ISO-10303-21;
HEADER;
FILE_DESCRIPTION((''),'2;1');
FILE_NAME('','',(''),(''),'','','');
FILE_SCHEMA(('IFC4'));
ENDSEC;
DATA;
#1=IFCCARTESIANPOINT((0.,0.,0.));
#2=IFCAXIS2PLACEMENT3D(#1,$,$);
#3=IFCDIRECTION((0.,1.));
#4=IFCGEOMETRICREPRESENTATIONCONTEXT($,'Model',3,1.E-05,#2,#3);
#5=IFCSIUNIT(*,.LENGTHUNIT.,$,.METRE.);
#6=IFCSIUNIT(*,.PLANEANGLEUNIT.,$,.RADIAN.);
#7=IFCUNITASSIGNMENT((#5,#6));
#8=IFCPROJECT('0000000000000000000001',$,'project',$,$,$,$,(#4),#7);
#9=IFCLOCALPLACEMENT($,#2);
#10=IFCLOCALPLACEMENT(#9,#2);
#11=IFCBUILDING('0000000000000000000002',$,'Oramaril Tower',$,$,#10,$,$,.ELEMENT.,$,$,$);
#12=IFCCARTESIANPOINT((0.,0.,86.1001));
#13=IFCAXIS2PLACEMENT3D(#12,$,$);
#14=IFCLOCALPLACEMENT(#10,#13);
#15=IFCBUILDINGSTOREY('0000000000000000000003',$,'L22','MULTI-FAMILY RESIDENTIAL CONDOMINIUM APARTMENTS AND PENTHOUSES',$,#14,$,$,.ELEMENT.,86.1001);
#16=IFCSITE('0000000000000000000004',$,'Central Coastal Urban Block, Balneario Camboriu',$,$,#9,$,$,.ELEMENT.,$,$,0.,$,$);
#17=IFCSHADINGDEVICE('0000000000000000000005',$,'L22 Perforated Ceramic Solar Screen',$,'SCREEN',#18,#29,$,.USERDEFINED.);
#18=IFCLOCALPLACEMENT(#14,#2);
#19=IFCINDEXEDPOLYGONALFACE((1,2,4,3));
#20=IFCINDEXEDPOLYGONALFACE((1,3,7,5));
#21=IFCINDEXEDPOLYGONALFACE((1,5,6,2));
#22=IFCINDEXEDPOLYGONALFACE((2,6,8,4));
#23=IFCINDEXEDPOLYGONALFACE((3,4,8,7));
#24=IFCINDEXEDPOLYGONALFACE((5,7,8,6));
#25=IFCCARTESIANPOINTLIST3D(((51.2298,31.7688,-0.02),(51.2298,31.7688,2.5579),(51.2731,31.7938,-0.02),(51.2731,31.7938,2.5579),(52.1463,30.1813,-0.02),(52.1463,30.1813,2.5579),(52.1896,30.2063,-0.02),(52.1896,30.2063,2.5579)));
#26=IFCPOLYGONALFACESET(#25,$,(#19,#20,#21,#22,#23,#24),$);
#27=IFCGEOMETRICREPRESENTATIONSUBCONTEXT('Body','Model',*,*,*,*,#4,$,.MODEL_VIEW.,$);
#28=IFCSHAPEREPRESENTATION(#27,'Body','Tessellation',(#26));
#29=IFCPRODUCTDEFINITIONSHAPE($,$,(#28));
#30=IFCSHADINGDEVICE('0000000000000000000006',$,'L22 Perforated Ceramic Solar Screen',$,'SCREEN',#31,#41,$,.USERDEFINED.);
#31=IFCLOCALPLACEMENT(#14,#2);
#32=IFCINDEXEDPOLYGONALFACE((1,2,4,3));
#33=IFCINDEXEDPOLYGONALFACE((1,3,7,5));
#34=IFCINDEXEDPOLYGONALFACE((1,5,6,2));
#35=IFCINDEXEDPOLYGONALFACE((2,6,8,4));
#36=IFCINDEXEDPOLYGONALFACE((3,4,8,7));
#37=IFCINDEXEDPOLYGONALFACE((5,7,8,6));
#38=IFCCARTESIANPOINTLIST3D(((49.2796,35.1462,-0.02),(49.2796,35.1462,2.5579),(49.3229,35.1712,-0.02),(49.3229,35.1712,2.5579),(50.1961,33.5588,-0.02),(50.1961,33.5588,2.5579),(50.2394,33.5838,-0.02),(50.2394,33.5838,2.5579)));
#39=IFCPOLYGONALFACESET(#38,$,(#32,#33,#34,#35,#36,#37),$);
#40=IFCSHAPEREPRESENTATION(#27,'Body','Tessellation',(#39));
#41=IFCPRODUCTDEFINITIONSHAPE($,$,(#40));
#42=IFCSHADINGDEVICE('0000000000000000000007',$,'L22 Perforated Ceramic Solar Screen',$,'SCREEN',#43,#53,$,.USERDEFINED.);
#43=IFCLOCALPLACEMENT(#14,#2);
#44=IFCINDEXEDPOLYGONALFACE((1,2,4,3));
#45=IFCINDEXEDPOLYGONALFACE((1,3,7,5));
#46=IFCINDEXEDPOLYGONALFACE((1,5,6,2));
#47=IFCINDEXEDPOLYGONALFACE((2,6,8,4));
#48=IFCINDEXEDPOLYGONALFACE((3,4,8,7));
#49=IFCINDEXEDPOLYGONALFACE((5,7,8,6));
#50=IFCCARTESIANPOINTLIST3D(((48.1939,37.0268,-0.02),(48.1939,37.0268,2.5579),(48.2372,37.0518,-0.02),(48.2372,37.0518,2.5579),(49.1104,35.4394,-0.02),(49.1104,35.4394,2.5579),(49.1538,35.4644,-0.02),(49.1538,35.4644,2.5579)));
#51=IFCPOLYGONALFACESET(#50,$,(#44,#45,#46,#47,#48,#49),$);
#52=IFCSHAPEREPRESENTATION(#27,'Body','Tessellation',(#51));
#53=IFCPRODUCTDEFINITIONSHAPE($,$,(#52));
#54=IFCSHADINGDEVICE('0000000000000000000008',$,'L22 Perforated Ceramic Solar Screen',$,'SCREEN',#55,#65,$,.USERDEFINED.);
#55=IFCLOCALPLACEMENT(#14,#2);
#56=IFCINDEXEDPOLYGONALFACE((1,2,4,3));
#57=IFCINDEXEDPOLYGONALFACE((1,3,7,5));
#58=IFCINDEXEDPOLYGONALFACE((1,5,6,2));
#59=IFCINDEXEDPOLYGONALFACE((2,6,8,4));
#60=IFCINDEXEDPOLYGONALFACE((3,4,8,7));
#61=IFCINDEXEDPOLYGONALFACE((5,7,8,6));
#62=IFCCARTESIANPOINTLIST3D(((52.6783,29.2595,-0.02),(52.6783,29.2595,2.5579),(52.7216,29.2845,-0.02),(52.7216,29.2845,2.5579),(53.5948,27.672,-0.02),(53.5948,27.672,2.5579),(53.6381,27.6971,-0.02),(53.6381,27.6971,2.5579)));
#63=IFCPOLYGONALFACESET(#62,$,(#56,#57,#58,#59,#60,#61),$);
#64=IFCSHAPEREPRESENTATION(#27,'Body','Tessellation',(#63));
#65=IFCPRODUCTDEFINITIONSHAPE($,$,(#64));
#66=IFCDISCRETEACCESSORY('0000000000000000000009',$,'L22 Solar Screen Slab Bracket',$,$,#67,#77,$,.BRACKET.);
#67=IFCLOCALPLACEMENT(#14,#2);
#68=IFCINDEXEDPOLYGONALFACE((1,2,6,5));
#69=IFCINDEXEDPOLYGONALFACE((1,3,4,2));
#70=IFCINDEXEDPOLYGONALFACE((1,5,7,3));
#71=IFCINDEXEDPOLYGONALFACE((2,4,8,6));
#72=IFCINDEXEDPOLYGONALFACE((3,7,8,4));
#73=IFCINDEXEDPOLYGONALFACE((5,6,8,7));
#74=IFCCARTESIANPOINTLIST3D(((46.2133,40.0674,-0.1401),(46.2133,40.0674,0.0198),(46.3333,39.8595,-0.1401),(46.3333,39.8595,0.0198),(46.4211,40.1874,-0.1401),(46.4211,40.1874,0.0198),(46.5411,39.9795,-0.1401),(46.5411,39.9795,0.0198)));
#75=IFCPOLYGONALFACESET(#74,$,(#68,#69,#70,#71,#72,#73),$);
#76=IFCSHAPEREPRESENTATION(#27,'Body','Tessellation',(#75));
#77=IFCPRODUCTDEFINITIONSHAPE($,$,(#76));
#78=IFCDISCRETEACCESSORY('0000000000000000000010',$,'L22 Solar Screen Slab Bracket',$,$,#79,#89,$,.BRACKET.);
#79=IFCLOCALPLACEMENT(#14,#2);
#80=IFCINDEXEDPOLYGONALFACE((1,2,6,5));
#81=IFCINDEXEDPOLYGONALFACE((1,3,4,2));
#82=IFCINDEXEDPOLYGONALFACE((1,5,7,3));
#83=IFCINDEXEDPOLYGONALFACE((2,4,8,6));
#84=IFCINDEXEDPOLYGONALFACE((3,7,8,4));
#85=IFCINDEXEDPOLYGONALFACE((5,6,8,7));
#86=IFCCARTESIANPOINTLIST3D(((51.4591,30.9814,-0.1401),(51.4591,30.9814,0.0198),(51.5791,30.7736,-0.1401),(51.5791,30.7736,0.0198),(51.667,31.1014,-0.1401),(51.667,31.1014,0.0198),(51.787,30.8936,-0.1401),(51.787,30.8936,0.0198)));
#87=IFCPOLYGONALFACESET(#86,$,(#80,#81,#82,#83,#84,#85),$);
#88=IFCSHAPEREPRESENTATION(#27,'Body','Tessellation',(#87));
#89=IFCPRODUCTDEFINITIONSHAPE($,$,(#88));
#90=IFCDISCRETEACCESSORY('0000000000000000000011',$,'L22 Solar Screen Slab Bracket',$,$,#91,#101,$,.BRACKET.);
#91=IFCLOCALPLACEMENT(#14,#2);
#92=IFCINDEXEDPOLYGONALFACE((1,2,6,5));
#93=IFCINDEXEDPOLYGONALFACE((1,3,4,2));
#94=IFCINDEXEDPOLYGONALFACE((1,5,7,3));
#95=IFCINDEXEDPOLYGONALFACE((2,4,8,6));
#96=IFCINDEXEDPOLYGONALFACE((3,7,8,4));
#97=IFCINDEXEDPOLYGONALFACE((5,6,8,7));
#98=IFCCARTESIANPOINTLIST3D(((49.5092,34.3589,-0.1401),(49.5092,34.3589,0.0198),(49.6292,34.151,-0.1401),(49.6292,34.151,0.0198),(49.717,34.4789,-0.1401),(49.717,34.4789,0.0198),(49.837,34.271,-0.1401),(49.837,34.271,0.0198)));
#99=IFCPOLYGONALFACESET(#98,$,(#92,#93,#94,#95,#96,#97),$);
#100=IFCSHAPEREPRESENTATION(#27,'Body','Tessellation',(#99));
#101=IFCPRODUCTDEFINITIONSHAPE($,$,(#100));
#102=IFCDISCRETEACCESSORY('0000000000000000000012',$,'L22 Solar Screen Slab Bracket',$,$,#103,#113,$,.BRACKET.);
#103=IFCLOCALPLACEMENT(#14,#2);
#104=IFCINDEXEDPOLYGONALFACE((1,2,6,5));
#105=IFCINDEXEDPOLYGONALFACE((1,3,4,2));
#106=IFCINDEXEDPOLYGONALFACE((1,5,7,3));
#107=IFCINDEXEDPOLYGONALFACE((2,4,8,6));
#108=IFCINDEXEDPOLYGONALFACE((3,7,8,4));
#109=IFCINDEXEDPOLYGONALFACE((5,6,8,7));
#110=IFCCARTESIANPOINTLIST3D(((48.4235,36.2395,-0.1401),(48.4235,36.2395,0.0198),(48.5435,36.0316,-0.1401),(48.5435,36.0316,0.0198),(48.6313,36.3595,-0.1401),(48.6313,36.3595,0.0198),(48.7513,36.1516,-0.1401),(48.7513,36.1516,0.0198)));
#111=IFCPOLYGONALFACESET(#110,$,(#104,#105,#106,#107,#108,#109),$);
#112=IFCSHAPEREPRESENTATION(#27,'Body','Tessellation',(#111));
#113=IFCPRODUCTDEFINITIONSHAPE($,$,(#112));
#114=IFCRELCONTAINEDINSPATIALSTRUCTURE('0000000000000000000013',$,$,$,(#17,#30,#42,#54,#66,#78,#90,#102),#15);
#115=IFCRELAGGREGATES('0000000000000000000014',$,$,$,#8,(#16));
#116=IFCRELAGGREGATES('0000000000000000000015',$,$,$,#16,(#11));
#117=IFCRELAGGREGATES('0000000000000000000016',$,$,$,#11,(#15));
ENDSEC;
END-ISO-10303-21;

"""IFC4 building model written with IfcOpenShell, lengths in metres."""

from ifc_helpers import new_model, si_unit, direction, frame, origin, origin_2d, place, context, subcontext, project, spatial, rectangle, extrude, element, save


model = new_model("IFC4")

# Units and contexts
model_context = context("Model", 3, precision=1e-05, world=origin(), true_north=direction((0.0, 1.0)))
body_context = subcontext(model_context, "Body", "Model", "MODEL_VIEW")
ifc_project = project(units=[si_unit("LENGTHUNIT", "METRE"), si_unit("PLANEANGLEUNIT", "RADIAN")], contexts=[model_context])

# Site, building, storey
site_placement = place(None, origin())
site = spatial("IfcSite", under=ifc_project, at=site_placement, Name="Central Coastal Urban Block, Balneario Camboriu", CompositionType="ELEMENT", RefElevation=0.0)
building_placement = place(site_placement, origin())
building = spatial("IfcBuilding", under=site, at=building_placement, Name="Oramaril Tower", CompositionType="ELEMENT")
storey_placement = place(building_placement, frame((0.0, 0.0, 86.1001)))
storey = spatial("IfcBuildingStorey", under=building, at=storey_placement, Name="L22", Description="MULTI-FAMILY RESIDENTIAL CONDOMINIUM APARTMENTS AND PENTHOUSES", CompositionType="ELEMENT", Elevation=86.1001)

# Shading devices
for number, where, z_axis, x_axis, name in (
    (1, (51.7097, 30.9875, -0.02), (0.0, 0.0, 1.0), (-0.5, 0.866025, 0.0), "L22 Perforated Ceramic Solar Screen"),
    (2, (49.7595, 34.365, -0.02), (0.0, 0.0, 1.0), (-0.5, 0.866025, 0.0), "L22 Perforated Ceramic Solar Screen"),
    (3, (48.6738, 36.2456, -0.02), (0.0, 0.0, 1.0), (-0.5, 0.866025, 0.0), "L22 Perforated Ceramic Solar Screen"),
    (4, (53.1582, 28.4783, -0.02), (0.0, 0.0, 1.0), (-0.5, 0.866025, 0.0), "L22 Perforated Ceramic Solar Screen"),
):
    element("IfcShadingDevice", number, at=place(storey_placement, frame(where, z_axis=z_axis, x_axis=x_axis)), inside=storey, Name=name, ObjectType="SCREEN", PredefinedType="USERDEFINED", context=body_context, shape_type="SweptSolid", body=[
        extrude(rectangle(XDim=1.833, YDim=0.05, at=origin_2d()), origin(), (0.0, 0.0, 1.0), 2.5779),
    ])

# Discrete accessories
for number, where, z_axis, x_axis, name in (
    (5, (46.3772, 40.0234, -0.1401), (0.0, 0.0, 1.0), (-0.5, 0.866025, 0.0), "L22 Solar Screen Slab Bracket"),
    (6, (51.623, 30.9375, -0.1401), (0.0, 0.0, 1.0), (-0.5, 0.866025, 0.0), "L22 Solar Screen Slab Bracket"),
    (7, (49.6731, 34.3149, -0.1401), (0.0, 0.0, 1.0), (-0.5, 0.866025, 0.0), "L22 Solar Screen Slab Bracket"),
    (8, (48.5874, 36.1956, -0.1401), (0.0, 0.0, 1.0), (-0.5, 0.866025, 0.0), "L22 Solar Screen Slab Bracket"),
):
    element("IfcDiscreteAccessory", number, at=place(storey_placement, frame(where, z_axis=z_axis, x_axis=x_axis)), inside=storey, Name=name, PredefinedType="BRACKET", context=body_context, shape_type="SweptSolid", body=[
        extrude(rectangle(XDim=0.24, YDim=0.24, at=origin_2d()), origin(), (0.0, 0.0, 1.0), 0.1599),
    ])

save(model, "model.ifc")
